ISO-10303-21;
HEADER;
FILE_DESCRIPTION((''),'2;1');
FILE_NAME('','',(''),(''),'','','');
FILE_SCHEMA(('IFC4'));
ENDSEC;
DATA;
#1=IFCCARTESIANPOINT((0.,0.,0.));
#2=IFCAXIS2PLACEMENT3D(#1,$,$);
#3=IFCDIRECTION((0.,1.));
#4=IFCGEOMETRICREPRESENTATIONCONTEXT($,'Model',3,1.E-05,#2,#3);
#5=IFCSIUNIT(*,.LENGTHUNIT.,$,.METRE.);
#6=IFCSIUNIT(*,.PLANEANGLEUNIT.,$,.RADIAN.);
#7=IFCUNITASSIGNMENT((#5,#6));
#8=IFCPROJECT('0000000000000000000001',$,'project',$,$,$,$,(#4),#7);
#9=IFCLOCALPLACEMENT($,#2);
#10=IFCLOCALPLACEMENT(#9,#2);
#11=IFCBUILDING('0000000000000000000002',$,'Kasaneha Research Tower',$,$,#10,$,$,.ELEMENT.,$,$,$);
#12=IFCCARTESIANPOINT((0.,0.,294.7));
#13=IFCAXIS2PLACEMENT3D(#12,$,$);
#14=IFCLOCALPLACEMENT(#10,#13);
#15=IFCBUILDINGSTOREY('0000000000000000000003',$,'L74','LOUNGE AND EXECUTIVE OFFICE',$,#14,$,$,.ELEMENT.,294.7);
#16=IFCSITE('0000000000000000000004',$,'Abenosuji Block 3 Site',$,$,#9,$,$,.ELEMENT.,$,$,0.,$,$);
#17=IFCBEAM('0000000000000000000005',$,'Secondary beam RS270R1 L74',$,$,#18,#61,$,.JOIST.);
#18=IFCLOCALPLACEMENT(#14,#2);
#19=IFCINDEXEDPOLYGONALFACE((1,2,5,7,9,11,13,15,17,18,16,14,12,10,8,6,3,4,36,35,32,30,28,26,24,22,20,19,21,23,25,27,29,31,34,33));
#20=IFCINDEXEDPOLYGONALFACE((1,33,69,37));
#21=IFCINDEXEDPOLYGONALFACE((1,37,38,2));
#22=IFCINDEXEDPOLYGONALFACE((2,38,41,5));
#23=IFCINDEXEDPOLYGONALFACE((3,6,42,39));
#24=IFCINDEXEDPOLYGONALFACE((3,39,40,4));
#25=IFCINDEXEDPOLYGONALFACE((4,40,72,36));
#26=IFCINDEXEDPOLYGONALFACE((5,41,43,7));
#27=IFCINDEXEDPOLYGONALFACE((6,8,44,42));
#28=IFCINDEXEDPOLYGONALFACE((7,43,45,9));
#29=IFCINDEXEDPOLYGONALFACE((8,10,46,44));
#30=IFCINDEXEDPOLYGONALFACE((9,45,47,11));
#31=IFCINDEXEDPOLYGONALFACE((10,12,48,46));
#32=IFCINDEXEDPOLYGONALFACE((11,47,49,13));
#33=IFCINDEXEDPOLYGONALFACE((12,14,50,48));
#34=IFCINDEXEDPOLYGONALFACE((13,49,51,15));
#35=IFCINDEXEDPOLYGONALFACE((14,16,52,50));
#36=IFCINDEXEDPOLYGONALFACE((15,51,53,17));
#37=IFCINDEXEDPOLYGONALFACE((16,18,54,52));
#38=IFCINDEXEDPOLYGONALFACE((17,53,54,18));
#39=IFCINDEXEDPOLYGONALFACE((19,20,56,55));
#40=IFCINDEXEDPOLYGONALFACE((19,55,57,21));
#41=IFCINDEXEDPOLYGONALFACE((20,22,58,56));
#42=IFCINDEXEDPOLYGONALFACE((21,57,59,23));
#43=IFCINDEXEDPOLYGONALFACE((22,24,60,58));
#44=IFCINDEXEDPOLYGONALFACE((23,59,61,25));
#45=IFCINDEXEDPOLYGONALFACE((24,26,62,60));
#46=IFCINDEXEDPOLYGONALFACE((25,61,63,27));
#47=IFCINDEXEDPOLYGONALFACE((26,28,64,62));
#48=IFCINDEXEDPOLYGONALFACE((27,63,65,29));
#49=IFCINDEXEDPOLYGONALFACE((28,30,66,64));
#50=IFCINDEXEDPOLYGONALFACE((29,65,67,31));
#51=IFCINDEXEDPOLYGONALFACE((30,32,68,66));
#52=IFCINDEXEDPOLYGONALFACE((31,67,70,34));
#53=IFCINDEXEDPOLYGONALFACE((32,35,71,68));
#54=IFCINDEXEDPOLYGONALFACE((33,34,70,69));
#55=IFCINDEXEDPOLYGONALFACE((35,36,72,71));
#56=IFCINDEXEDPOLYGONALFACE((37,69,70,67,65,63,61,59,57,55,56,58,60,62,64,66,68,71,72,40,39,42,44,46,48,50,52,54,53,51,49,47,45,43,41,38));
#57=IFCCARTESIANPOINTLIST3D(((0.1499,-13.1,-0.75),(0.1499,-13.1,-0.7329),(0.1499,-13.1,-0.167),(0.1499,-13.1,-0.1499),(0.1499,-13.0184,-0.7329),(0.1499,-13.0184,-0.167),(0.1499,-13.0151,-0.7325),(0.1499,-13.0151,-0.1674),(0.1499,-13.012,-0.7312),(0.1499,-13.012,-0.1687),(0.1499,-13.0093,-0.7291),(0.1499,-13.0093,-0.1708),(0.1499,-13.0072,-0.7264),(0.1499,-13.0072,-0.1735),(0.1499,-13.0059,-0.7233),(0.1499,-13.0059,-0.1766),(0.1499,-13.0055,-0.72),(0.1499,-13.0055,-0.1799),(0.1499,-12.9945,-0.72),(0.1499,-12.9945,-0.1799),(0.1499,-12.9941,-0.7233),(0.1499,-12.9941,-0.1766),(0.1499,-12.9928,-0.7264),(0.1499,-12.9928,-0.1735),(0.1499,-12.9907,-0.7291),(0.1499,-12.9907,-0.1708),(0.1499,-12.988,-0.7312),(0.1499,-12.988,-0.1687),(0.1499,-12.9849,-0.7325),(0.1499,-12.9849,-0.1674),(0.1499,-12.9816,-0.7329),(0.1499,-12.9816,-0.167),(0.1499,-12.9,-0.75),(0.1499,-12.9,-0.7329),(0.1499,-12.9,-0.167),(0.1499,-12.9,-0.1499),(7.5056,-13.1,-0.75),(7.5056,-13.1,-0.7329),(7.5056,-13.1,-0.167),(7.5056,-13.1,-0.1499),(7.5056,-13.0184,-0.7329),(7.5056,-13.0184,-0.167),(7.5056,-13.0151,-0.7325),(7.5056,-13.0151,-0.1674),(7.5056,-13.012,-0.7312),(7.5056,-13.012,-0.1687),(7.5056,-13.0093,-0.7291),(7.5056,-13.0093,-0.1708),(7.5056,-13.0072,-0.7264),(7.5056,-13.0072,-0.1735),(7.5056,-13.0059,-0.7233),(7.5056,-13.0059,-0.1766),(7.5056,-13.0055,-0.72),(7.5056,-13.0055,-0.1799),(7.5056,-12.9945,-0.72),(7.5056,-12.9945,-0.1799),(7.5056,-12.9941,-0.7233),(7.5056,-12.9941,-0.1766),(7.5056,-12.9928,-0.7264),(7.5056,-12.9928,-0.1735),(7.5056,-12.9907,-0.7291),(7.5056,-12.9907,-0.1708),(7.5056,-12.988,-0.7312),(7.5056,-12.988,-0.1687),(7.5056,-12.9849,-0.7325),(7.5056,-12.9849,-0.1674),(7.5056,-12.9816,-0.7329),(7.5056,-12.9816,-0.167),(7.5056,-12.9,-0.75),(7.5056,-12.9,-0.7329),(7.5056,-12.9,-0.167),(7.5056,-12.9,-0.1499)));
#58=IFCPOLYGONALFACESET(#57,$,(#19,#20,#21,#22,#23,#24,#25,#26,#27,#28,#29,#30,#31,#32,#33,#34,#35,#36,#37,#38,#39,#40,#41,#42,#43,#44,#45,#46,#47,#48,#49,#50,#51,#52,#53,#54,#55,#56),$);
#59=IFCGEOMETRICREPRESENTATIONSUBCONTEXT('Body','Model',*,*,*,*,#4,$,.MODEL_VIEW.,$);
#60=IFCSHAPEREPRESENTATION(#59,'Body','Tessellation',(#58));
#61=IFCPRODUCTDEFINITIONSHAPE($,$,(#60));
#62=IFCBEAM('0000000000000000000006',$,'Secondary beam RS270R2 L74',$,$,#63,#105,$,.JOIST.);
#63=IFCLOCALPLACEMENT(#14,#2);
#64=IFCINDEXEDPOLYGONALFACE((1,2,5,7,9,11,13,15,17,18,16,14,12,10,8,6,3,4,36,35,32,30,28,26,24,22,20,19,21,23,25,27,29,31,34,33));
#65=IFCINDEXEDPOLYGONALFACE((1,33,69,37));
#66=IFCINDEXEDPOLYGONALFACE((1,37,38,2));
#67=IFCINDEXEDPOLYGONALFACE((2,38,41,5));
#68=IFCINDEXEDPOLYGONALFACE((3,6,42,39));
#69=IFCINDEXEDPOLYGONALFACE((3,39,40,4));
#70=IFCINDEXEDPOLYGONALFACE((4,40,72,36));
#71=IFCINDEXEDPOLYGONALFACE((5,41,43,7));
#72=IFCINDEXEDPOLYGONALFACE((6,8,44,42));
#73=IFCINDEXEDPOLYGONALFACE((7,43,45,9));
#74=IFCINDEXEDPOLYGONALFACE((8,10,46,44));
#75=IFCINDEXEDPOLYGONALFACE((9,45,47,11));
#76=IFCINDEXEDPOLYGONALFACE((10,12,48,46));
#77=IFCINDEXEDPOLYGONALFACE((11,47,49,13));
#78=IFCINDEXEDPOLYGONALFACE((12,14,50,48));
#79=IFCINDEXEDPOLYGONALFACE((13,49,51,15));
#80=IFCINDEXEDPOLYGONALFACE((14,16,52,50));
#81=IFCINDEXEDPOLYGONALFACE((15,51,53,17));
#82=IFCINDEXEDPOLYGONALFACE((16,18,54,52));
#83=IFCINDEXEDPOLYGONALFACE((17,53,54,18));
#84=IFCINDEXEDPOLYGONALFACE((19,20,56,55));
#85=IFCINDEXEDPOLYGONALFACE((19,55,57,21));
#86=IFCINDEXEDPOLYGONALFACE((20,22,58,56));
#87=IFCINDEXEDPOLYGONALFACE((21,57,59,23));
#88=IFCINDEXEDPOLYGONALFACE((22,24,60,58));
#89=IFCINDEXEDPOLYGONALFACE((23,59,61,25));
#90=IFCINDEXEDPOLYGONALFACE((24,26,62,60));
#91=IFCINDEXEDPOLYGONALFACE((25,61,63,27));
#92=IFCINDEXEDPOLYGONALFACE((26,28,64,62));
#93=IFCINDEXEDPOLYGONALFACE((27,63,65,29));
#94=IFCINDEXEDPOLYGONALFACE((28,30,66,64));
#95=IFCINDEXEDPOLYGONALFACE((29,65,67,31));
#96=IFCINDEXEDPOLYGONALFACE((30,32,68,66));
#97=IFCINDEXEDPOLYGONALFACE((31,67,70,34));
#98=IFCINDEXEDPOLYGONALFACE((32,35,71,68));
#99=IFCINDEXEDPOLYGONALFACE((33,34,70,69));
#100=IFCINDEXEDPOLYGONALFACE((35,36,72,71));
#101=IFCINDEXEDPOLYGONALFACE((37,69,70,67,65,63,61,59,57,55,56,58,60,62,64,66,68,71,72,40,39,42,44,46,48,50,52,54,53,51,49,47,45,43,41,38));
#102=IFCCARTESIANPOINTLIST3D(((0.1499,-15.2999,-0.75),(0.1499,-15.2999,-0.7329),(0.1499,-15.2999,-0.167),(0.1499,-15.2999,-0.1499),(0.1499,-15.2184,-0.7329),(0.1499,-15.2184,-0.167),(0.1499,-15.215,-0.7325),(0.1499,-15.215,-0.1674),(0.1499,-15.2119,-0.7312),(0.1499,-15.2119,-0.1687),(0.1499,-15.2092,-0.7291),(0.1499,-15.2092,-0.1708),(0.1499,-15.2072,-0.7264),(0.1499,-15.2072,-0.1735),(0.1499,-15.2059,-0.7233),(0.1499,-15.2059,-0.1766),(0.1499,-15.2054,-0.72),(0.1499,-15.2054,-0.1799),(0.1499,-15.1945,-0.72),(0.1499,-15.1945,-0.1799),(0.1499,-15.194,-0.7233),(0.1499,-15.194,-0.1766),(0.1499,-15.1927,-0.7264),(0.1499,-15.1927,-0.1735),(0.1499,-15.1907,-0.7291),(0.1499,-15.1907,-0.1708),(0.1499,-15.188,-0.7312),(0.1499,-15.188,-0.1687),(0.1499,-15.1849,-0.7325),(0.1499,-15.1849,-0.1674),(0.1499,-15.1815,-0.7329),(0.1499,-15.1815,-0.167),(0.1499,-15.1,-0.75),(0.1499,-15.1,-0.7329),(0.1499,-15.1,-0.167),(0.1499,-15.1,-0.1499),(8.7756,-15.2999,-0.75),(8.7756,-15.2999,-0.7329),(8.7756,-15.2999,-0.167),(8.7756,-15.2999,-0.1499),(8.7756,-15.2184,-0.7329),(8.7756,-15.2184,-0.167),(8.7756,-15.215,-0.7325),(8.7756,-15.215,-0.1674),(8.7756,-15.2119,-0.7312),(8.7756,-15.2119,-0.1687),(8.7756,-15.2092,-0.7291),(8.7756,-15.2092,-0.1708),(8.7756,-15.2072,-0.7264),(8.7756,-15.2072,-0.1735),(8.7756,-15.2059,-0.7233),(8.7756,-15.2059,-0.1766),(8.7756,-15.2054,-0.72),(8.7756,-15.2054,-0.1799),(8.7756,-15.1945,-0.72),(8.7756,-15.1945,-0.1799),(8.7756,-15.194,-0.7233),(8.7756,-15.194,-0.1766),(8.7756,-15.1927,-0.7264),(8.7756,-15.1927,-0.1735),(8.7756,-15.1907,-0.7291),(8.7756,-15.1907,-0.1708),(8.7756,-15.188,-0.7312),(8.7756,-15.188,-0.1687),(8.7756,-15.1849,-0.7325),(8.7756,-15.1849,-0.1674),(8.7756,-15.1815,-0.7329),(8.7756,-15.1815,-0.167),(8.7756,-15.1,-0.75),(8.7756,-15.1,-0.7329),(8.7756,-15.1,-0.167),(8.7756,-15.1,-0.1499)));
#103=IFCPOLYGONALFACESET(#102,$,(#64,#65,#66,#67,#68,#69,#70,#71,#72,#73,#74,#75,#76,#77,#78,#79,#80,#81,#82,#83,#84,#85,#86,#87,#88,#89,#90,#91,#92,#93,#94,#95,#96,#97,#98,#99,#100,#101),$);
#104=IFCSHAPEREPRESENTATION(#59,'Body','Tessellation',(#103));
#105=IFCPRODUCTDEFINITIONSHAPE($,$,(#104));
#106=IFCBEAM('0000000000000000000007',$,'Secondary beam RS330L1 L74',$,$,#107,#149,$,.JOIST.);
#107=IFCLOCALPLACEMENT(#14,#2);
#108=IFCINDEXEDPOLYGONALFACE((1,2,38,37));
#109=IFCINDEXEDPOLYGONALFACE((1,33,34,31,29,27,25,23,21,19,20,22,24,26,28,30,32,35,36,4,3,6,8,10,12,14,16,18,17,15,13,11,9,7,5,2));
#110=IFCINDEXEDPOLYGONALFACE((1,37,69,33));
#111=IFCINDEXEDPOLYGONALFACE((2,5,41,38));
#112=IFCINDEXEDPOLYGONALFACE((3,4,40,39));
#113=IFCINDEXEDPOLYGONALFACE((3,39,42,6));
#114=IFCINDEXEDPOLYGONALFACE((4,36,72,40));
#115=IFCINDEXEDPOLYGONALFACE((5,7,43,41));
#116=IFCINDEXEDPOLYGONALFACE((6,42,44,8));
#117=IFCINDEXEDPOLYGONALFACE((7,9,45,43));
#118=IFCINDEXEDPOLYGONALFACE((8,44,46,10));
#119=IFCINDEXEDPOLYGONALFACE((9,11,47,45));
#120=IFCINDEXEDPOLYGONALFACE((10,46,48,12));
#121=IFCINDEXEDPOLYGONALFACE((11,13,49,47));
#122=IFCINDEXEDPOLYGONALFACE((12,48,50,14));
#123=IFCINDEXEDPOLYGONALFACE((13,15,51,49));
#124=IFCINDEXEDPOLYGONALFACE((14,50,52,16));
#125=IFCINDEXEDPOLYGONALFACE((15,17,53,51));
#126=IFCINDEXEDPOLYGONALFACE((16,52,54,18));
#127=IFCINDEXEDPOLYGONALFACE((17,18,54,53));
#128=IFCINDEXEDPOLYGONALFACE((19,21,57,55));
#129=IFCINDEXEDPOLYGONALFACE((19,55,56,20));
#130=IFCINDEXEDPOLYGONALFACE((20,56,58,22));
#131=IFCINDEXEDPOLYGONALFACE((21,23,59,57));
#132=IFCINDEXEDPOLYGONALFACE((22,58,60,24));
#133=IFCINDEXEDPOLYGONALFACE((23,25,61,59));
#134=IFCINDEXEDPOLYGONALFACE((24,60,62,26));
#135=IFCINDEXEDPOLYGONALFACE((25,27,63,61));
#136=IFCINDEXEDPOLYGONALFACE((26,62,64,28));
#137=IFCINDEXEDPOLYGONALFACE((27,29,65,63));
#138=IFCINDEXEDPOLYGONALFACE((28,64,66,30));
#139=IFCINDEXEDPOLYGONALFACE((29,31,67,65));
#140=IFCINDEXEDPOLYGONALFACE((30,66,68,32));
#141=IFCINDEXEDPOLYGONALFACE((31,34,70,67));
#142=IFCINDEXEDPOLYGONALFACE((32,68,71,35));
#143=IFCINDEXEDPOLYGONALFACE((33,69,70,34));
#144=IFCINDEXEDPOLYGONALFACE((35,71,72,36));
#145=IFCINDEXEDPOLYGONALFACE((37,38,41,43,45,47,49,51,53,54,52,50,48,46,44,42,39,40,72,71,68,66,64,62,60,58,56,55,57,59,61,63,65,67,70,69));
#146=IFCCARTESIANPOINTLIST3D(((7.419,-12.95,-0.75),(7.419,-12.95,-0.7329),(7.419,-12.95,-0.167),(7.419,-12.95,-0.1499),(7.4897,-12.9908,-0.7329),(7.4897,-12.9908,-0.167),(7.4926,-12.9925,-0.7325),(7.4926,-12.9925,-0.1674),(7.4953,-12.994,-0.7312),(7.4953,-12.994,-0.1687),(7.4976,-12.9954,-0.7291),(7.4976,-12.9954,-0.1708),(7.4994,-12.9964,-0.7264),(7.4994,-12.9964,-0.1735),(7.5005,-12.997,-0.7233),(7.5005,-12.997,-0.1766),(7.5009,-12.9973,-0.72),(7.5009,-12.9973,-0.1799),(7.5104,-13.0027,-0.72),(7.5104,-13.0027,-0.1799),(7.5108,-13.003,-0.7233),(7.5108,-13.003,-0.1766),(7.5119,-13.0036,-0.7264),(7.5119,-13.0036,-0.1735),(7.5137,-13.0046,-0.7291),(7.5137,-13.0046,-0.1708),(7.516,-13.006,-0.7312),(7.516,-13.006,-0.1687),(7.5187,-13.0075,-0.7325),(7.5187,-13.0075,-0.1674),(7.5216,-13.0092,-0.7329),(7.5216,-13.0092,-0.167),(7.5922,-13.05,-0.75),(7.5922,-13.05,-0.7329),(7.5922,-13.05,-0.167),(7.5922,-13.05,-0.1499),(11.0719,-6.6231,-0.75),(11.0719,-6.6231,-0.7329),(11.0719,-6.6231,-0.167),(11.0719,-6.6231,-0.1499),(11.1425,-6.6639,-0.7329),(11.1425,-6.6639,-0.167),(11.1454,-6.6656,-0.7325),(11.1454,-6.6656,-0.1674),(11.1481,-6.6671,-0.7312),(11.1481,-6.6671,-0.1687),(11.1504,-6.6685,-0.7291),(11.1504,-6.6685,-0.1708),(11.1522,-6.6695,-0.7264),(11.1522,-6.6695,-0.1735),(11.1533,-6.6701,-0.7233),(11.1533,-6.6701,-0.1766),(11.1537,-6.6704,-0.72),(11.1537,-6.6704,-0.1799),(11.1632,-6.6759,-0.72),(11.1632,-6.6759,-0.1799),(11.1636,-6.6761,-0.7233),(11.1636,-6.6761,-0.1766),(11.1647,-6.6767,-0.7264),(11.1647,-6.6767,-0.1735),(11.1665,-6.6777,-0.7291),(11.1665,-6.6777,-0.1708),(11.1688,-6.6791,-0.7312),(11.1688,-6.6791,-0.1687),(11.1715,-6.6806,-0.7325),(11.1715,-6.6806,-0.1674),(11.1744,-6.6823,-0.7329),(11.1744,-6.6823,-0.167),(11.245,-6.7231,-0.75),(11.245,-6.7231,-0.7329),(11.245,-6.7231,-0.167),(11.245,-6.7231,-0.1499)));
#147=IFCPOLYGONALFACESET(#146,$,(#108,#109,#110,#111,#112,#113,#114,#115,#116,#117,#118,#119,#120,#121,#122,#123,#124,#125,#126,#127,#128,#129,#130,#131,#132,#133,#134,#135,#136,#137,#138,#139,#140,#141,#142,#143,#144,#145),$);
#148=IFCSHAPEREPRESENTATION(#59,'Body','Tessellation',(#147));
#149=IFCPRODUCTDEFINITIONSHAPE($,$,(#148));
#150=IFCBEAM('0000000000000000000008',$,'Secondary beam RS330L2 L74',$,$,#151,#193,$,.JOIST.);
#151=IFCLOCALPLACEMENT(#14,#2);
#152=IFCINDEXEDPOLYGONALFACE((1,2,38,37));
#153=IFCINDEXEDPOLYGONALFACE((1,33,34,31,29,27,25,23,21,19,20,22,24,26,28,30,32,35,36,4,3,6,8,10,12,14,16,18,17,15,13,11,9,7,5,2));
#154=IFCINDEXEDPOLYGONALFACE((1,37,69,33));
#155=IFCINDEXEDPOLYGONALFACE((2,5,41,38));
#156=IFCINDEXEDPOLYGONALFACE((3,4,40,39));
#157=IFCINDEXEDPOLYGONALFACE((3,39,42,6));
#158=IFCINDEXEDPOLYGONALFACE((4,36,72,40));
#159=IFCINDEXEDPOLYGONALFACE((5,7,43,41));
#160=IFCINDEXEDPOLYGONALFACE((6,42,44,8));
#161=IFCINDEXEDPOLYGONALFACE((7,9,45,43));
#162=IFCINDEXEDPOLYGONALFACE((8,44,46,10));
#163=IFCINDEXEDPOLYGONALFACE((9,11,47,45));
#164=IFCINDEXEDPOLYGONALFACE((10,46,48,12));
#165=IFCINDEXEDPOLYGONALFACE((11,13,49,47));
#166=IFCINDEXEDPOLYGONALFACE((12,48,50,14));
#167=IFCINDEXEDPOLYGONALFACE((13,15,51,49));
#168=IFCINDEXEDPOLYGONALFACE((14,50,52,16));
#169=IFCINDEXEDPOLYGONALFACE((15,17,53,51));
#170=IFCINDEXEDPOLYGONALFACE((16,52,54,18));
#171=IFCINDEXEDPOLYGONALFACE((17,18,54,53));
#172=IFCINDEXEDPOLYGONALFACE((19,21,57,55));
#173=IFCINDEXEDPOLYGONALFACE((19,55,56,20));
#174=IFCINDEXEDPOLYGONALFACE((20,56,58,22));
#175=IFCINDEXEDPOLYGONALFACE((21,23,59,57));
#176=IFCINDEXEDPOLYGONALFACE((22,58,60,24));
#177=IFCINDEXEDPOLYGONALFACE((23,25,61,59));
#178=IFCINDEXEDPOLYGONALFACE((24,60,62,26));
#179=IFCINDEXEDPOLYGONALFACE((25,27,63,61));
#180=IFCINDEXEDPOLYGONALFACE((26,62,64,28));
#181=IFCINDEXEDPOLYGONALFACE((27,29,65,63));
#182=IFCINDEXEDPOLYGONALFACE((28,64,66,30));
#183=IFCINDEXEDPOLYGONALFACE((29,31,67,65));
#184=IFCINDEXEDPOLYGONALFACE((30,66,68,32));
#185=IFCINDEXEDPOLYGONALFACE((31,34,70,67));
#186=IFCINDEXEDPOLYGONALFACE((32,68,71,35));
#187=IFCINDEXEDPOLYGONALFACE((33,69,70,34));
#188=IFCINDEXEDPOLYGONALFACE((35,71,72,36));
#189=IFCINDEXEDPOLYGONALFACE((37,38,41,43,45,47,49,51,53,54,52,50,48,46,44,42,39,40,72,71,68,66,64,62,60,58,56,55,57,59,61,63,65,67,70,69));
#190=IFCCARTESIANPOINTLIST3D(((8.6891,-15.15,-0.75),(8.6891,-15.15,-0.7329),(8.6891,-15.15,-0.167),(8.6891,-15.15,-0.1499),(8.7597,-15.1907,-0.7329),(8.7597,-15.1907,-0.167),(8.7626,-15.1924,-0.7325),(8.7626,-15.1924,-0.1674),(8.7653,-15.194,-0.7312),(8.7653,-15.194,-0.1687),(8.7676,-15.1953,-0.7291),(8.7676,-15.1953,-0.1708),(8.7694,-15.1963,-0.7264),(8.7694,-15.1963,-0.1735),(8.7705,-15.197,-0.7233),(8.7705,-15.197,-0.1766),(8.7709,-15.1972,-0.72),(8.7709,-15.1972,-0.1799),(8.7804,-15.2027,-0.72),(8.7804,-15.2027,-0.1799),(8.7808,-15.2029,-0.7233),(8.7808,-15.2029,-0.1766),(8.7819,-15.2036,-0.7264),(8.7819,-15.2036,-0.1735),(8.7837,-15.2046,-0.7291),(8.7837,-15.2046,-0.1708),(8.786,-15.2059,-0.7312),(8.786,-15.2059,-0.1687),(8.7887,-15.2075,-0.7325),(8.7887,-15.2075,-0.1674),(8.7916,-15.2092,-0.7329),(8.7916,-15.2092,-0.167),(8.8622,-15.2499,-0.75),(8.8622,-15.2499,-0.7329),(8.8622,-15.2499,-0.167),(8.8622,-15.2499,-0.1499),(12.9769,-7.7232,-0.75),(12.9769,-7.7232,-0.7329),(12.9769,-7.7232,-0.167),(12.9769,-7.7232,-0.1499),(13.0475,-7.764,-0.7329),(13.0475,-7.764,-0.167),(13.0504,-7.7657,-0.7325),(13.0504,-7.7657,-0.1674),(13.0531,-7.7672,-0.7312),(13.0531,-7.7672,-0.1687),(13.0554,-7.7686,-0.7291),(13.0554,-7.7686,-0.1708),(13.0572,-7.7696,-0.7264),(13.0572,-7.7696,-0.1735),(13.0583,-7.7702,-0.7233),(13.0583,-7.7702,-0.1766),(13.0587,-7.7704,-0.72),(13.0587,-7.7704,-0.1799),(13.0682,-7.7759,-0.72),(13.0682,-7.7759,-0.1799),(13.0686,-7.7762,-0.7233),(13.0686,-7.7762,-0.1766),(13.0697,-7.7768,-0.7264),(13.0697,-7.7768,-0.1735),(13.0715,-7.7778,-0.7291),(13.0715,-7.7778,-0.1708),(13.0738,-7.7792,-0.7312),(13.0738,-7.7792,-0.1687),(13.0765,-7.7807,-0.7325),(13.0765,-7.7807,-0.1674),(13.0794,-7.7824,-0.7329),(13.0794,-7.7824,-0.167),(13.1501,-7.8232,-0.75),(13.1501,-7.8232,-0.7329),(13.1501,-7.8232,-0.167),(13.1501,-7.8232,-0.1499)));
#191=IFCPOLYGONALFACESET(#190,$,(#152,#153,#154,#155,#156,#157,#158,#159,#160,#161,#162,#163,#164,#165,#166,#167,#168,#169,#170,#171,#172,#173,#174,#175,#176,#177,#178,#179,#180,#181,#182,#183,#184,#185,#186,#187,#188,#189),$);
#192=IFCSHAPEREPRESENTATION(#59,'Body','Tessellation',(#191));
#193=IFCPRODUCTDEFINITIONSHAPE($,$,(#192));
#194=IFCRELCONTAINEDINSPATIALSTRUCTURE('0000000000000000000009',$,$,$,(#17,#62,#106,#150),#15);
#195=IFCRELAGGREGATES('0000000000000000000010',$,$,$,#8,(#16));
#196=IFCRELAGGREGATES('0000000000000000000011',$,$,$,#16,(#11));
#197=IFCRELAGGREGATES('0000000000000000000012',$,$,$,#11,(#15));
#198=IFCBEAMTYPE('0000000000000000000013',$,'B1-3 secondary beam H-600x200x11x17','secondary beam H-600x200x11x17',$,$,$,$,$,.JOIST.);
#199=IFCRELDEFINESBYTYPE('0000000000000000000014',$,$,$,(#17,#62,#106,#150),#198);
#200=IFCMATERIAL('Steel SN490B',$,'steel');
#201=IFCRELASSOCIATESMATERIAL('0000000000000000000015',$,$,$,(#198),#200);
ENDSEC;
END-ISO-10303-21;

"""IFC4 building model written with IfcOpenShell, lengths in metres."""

from ifc_helpers import new_model, si_unit, direction, frame, origin, origin_2d, place, context, subcontext, project, spatial, i_section, extrude, material, material_profile, profile_set, type_object, element, save


model = new_model("IFC4")

# Units and contexts
model_context = context("Model", 3, precision=1e-05, world=origin(), true_north=direction((0.0, 1.0)))
body_context = subcontext(model_context, "Body", "Model", "MODEL_VIEW")
ifc_project = project(units=[si_unit("LENGTHUNIT", "METRE"), si_unit("PLANEANGLEUNIT", "RADIAN")], contexts=[model_context])

# Site, building, storey
site_placement = place(None, origin())
site = spatial("IfcSite", under=ifc_project, at=site_placement, Name="Abenosuji Block 3 Site", CompositionType="ELEMENT", RefElevation=0.0)
building_placement = place(site_placement, origin())
building = spatial("IfcBuilding", under=site, at=building_placement, Name="Kasaneha Research Tower", CompositionType="ELEMENT")
storey_placement = place(building_placement, frame((0.0, 0.0, 294.7)))
storey = spatial("IfcBuildingStorey", under=building, at=storey_placement, Name="L74", Description="LOUNGE AND EXECUTIVE OFFICE", CompositionType="ELEMENT", Elevation=294.7)

# Beams
ifc_material_1 = material(Name="Steel SN490B", Category="steel")
ifc_material_profile_1 = material_profile(ifc_material_1, i_section(OverallWidth=0.2, OverallDepth=0.6001, WebThickness=0.011, FlangeThickness=0.0171, FilletRadius=0.0129, at=origin_2d()), Name="H-600x200x11x17")
ifc_profile_set_1 = profile_set([ifc_material_profile_1], Name="Steel SN490B")
beam_type_1 = type_object("IfcBeamType", Name="B1-3 secondary beam H-600x200x11x17", Description="secondary beam H-600x200x11x17", PredefinedType="JOIST", material=ifc_profile_set_1)
beam_1_placement = place(storey_placement, frame((7.5056, -13.0, -0.45), z_axis=(-1.0, 0.0, 0.0), x_axis=(0.0, -1.0, 0.0)))
element("IfcBeam", 1, at=beam_1_placement, inside=storey, type_object=beam_type_1, Name="Secondary beam RS270R1 L74", PredefinedType="JOIST", context=body_context, shape_type="SweptSolid", body=[
    extrude(i_section(OverallWidth=0.2, OverallDepth=0.6001, WebThickness=0.011, FlangeThickness=0.0171, FilletRadius=0.0129, at=origin_2d()), origin(), (0.0, 0.0, 1.0), 7.3557),
])
beam_2_placement = place(storey_placement, frame((8.7756, -15.2, -0.45), z_axis=(-1.0, 0.0, 0.0), x_axis=(0.0, -1.0, 0.0)))
element("IfcBeam", 2, at=beam_2_placement, inside=storey, type_object=beam_type_1, Name="Secondary beam RS270R2 L74", PredefinedType="JOIST", context=body_context, shape_type="SweptSolid", body=[
    extrude(i_section(OverallWidth=0.2, OverallDepth=0.6001, WebThickness=0.011, FlangeThickness=0.0171, FilletRadius=0.0129, at=origin_2d()), origin(), (0.0, 0.0, 1.0), 8.6257),
])
beam_3_placement = place(storey_placement, frame((7.5056, -13.0, -0.45), z_axis=(0.499999, 0.866026, 0.0), x_axis=(-0.866026, 0.499999, 0.0)))
element("IfcBeam", 3, at=beam_3_placement, inside=storey, type_object=beam_type_1, Name="Secondary beam RS330L1 L74", PredefinedType="JOIST", context=body_context, shape_type="SweptSolid", body=[
    extrude(i_section(OverallWidth=0.2, OverallDepth=0.6001, WebThickness=0.011, FlangeThickness=0.0171, FilletRadius=0.0129, at=origin_2d()), origin(), (0.0, 0.0, 1.0), 7.3057),
])
beam_4_placement = place(storey_placement, frame((8.7756, -15.2, -0.45), z_axis=(0.5, 0.866025, 0.0), x_axis=(-0.866025, 0.5, 0.0)))
element("IfcBeam", 4, at=beam_4_placement, inside=storey, type_object=beam_type_1, Name="Secondary beam RS330L2 L74", PredefinedType="JOIST", context=body_context, shape_type="SweptSolid", body=[
    extrude(i_section(OverallWidth=0.2, OverallDepth=0.6001, WebThickness=0.011, FlangeThickness=0.0171, FilletRadius=0.0129, at=origin_2d()), origin(), (0.0, 0.0, 1.0), 8.5757),
])

save(model, "model.ifc")
